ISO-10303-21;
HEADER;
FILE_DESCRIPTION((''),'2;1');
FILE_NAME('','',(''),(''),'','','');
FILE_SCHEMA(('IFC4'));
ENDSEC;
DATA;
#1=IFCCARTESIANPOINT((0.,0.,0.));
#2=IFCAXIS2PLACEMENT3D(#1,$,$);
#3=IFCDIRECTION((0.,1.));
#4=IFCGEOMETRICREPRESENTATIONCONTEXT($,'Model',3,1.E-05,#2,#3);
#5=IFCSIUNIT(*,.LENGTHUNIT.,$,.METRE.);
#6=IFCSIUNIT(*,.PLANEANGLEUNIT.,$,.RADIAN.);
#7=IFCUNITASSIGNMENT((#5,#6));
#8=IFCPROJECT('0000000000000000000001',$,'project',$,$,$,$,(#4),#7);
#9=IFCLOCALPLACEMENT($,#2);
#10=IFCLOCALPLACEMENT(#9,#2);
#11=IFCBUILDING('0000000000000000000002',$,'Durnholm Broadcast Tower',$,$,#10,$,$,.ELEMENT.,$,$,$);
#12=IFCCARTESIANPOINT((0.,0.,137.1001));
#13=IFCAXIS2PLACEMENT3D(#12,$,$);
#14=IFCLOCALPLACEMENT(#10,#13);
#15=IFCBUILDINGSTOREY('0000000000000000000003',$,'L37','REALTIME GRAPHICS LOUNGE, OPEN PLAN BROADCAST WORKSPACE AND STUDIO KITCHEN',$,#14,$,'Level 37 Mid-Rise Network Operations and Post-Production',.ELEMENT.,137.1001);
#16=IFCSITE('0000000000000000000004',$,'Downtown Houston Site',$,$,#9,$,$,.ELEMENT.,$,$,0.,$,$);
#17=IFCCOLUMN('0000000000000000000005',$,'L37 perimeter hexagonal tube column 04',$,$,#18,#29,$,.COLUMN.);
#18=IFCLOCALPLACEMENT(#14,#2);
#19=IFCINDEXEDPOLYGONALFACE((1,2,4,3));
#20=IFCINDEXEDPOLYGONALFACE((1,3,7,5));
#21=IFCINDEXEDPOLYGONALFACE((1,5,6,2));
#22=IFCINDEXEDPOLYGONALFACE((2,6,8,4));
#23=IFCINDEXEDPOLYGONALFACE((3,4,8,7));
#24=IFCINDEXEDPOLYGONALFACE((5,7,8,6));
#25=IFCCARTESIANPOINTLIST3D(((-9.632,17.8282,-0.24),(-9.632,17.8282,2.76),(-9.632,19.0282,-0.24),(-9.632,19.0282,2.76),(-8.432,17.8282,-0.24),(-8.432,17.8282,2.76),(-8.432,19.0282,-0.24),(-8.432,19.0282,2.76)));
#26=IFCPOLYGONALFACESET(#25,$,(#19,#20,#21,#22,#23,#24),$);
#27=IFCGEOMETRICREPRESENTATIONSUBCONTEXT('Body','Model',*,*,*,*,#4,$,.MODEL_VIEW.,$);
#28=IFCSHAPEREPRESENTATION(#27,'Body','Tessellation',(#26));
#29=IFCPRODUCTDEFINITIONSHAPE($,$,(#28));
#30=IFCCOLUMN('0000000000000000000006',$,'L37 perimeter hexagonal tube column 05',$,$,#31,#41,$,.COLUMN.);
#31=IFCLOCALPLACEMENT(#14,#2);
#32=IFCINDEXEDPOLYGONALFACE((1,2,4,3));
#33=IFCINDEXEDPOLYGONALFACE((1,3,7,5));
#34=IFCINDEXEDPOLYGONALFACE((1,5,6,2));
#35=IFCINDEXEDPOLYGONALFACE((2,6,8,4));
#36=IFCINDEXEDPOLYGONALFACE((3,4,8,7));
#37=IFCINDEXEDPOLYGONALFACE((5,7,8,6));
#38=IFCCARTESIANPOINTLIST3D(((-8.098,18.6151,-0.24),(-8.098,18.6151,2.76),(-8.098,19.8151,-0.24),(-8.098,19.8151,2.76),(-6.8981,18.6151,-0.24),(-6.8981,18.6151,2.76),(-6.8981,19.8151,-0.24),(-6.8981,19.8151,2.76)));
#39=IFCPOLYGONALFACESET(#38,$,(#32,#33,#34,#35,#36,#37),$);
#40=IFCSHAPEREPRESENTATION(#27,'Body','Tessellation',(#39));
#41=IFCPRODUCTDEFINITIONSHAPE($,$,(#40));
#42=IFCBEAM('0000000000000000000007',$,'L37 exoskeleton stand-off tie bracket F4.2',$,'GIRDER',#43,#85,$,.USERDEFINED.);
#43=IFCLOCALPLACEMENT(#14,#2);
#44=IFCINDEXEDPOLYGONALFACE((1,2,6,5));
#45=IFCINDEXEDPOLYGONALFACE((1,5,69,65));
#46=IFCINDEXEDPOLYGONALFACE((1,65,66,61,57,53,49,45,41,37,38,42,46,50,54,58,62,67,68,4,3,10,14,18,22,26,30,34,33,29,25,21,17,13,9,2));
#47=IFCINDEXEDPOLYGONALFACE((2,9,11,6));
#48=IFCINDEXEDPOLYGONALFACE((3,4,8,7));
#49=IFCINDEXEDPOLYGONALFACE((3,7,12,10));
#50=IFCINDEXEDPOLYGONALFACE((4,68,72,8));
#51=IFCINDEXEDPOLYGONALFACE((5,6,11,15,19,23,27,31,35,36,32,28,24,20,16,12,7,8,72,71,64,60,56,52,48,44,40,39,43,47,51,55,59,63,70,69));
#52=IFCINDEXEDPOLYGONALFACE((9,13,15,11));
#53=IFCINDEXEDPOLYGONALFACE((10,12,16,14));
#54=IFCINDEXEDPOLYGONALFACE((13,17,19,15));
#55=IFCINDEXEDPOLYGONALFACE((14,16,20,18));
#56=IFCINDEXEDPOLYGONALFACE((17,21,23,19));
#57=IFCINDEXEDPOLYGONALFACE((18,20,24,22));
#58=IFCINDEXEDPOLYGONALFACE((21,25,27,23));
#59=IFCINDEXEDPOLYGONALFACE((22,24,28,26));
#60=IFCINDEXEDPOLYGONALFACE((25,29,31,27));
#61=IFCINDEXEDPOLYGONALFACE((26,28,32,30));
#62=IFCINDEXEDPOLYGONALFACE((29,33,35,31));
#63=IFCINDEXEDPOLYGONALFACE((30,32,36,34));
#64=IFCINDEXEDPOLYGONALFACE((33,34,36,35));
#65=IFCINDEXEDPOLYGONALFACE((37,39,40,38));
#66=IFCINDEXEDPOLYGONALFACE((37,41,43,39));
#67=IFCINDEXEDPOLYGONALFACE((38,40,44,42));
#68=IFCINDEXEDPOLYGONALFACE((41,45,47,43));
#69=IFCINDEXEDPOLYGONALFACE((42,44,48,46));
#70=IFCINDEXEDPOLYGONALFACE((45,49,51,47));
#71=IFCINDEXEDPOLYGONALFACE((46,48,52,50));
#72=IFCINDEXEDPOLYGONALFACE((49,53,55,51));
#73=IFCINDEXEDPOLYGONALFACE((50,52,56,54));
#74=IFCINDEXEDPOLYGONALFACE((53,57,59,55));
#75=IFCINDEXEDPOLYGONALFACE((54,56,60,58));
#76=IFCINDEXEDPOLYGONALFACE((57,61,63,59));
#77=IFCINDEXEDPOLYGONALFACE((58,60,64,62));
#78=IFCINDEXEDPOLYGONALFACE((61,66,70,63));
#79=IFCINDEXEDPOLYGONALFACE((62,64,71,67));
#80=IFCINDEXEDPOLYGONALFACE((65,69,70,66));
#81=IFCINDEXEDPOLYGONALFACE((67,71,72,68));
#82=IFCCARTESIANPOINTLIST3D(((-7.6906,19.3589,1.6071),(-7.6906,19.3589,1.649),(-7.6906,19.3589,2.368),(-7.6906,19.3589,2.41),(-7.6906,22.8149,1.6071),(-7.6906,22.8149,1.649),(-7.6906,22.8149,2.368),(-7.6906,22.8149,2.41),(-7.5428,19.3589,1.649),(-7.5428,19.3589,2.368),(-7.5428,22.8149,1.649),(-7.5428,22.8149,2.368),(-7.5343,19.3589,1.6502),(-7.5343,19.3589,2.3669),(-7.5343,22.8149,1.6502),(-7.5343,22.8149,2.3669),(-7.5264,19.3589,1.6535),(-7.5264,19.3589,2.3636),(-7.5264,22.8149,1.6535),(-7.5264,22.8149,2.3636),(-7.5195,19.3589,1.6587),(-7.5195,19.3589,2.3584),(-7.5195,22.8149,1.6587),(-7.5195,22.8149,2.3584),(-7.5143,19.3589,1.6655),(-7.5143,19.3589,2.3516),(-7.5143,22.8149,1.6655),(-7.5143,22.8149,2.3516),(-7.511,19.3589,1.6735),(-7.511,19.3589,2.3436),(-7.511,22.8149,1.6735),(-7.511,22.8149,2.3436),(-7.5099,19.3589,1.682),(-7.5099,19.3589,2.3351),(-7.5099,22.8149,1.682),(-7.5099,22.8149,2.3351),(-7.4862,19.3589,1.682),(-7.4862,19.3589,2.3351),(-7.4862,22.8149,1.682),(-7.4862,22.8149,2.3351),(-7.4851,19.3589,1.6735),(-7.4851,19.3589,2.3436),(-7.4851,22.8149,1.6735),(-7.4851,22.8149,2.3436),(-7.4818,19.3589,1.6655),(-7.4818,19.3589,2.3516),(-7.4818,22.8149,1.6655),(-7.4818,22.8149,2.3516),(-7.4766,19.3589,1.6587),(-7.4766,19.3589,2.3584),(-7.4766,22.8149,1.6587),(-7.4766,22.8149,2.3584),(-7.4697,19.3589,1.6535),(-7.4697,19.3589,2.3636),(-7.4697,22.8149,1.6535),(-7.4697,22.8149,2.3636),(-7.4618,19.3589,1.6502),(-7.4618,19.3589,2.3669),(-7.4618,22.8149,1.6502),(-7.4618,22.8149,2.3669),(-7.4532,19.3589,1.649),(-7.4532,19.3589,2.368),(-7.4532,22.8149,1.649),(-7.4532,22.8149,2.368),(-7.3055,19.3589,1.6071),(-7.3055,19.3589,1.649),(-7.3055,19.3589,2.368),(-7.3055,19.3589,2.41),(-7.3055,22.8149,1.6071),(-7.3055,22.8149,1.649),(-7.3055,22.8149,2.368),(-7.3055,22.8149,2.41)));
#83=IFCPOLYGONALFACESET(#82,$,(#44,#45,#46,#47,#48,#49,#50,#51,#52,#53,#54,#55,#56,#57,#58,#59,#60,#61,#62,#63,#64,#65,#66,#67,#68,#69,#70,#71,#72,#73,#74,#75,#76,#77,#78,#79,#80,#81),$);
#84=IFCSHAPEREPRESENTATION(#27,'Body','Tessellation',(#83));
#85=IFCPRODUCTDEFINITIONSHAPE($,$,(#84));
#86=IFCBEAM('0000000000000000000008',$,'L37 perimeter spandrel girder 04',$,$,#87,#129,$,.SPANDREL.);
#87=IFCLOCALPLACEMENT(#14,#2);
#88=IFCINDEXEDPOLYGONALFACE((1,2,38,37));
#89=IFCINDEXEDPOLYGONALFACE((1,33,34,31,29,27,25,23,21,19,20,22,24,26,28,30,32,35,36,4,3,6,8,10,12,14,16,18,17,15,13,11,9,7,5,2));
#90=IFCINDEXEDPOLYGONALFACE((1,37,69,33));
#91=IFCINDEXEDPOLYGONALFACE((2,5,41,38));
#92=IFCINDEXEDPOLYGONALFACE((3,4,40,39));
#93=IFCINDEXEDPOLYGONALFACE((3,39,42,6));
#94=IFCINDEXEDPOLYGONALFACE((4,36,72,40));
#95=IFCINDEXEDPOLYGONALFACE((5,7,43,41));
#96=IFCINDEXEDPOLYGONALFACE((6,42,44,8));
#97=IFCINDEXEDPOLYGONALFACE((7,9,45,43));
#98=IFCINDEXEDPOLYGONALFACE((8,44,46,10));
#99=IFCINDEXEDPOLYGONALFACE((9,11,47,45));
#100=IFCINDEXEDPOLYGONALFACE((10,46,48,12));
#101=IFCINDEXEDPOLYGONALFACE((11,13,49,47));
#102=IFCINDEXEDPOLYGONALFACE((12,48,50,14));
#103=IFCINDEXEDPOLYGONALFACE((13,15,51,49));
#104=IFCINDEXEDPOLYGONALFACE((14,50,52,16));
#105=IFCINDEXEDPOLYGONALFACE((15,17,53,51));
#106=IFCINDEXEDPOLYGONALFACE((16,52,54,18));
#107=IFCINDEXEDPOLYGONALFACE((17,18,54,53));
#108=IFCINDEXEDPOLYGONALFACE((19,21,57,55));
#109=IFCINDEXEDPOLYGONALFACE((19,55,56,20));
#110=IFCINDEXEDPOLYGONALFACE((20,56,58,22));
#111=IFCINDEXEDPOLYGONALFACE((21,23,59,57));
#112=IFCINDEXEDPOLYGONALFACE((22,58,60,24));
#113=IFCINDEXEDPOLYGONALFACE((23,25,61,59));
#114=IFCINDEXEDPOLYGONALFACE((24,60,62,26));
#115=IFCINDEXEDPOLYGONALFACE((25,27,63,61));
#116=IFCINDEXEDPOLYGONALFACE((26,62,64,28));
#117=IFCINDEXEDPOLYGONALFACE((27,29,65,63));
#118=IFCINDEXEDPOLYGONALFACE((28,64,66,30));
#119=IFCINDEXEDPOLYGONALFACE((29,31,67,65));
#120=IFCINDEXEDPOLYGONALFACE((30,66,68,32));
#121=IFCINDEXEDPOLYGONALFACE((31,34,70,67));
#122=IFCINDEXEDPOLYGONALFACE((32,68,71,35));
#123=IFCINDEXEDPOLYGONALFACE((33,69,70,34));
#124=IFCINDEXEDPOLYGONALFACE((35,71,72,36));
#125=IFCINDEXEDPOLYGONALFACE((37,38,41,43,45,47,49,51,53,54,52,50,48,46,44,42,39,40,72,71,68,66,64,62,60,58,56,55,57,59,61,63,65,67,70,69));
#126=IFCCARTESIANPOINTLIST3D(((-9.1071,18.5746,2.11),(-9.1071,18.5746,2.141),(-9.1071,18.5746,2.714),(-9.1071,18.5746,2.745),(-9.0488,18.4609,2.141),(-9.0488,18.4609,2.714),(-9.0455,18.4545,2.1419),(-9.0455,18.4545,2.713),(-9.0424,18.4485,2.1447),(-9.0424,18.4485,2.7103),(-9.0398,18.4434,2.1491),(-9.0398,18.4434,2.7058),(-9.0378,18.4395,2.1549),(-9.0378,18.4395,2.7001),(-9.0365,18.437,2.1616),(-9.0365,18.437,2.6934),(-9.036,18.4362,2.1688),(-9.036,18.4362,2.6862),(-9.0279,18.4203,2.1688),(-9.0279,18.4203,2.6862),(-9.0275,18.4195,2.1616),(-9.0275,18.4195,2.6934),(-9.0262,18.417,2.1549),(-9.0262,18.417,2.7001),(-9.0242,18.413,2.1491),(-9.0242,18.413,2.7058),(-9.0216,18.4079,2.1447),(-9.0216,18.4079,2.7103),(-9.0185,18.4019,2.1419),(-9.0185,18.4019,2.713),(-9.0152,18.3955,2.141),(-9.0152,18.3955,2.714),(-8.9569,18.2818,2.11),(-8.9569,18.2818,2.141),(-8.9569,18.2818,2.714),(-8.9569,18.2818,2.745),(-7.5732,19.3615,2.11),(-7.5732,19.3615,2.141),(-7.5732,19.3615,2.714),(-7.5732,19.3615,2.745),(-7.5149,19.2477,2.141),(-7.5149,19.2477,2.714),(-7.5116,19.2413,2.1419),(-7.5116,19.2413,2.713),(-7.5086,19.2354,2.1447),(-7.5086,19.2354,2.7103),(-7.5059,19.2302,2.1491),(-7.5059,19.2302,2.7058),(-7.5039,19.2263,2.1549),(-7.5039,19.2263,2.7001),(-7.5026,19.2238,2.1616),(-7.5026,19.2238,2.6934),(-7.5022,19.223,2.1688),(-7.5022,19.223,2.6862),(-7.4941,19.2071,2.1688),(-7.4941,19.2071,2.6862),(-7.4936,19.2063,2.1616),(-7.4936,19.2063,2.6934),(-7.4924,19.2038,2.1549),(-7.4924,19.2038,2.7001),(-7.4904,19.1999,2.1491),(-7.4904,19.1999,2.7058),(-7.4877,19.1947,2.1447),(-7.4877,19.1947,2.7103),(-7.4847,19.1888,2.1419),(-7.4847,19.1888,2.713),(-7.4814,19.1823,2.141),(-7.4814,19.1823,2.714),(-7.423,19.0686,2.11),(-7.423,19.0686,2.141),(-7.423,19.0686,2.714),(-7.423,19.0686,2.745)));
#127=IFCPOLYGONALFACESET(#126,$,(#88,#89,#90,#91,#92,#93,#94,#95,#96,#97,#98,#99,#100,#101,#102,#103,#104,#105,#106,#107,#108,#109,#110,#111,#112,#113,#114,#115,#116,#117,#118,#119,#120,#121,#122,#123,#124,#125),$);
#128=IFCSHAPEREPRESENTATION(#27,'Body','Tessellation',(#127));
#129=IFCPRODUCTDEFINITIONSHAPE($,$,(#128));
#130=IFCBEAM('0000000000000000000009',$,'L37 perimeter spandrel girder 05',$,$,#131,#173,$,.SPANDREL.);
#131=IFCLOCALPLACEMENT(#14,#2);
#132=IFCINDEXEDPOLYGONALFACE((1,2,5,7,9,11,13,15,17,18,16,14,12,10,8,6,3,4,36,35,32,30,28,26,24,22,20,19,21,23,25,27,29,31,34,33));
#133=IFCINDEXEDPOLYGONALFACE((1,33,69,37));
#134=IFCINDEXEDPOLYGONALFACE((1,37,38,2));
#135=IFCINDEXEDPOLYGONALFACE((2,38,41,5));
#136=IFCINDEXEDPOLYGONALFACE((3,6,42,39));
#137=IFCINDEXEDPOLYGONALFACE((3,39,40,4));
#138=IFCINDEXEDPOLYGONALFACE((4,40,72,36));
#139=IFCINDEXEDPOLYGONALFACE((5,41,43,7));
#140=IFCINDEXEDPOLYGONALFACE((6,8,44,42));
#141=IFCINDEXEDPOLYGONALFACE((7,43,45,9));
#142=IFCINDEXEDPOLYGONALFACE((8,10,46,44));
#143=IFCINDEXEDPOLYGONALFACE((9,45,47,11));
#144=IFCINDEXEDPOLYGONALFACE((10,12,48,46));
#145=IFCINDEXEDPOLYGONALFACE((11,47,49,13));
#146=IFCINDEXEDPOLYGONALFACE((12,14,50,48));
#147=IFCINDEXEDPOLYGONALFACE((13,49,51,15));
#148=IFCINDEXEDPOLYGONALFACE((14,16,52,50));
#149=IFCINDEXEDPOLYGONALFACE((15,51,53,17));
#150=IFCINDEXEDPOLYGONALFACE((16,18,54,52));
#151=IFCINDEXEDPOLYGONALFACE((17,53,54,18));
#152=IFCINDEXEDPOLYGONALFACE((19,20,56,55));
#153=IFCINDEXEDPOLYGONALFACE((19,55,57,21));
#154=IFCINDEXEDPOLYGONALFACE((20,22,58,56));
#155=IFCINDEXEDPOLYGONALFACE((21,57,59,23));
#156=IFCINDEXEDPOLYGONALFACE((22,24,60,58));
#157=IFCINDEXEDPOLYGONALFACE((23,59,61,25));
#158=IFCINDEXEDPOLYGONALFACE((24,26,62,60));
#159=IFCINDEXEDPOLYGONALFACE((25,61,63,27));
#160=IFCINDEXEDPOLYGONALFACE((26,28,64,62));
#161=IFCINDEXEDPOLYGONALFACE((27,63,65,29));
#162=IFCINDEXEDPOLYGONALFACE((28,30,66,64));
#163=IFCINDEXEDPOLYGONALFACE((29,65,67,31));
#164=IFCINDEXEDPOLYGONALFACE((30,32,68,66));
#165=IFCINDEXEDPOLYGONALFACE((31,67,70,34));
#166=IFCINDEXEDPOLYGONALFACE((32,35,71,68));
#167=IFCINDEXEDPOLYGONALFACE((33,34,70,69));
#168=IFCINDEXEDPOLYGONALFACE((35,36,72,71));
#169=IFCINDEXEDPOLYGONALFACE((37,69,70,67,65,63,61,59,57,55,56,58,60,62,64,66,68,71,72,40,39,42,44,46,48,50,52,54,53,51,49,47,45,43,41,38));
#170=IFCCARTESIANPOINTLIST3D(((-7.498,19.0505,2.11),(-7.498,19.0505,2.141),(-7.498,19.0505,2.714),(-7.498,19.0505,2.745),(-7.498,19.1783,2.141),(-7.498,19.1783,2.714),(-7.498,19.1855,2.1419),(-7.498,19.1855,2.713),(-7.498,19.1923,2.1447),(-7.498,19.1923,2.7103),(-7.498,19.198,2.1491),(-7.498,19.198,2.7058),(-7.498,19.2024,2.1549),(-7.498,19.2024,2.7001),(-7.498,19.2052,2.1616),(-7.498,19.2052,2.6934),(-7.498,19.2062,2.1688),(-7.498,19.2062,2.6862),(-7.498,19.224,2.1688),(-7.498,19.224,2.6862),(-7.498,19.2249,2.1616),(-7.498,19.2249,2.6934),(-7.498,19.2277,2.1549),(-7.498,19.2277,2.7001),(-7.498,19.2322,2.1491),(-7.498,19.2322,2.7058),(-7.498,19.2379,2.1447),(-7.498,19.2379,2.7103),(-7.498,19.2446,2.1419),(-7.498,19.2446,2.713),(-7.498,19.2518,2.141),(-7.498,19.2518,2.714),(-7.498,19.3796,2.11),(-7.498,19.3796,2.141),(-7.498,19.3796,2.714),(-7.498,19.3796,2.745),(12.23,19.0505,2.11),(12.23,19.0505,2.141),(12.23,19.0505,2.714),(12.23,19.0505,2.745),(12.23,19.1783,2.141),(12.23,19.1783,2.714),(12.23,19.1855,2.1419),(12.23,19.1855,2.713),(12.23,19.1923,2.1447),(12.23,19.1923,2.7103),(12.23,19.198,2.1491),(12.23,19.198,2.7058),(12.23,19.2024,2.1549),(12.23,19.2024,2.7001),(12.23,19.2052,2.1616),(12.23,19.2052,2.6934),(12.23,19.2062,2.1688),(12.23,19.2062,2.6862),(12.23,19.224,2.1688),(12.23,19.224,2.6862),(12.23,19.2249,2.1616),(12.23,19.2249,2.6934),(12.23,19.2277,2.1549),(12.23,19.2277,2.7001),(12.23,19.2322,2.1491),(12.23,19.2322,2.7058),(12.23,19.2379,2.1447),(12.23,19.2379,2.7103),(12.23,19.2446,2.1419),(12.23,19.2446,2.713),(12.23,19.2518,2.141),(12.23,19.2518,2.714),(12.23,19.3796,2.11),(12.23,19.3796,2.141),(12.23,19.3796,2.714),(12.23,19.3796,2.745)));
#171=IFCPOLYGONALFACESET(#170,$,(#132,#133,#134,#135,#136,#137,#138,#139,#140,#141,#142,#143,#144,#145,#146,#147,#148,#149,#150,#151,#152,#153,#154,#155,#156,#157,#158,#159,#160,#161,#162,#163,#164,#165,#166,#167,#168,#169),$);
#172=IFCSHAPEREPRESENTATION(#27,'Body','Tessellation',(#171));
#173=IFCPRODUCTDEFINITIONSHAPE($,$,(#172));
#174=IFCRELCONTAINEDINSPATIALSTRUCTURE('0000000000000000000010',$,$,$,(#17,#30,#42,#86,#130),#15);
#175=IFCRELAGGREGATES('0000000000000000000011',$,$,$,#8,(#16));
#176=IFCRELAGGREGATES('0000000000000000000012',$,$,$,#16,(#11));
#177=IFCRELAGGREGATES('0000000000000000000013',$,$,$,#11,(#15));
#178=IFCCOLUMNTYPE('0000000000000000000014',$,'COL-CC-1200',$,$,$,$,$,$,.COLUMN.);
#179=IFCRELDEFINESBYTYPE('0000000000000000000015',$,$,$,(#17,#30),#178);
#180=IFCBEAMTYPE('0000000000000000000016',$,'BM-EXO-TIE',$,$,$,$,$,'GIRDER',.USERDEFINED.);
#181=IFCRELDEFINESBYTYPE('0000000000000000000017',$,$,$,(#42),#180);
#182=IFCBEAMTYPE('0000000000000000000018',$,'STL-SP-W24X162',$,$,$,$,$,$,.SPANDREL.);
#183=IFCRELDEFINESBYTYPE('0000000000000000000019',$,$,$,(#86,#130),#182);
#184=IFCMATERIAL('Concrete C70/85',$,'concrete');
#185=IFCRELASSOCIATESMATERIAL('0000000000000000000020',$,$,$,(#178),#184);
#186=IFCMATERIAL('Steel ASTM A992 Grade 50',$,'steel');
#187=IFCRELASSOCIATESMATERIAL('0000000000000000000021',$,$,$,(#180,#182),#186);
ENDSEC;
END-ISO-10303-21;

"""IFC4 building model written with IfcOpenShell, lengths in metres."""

from ifc_helpers import new_model, si_unit, direction, frame, origin, origin_2d, place, context, subcontext, project, spatial, rectangle, i_section, extrude, source, transform, mapped, material, material_profile, profile_set, type_object, type_shapes, element, save


model = new_model("IFC4")

# Units and contexts
model_context = context("Model", 3, precision=1e-05, world=origin(), true_north=direction((0.0, 1.0)))
body_context = subcontext(model_context, "Body", "Model", "MODEL_VIEW")
ifc_project = project(units=[si_unit("LENGTHUNIT", "METRE"), si_unit("PLANEANGLEUNIT", "RADIAN")], contexts=[model_context])

# Site, building, storey
site_placement = place(None, origin())
site = spatial("IfcSite", under=ifc_project, at=site_placement, Name="Downtown Houston Site", CompositionType="ELEMENT", RefElevation=0.0)
building_placement = place(site_placement, origin())
building = spatial("IfcBuilding", under=site, at=building_placement, Name="Durnholm Broadcast Tower", CompositionType="ELEMENT")
storey_placement = place(building_placement, frame((0.0, 0.0, 137.1001)))
storey = spatial("IfcBuildingStorey", under=building, at=storey_placement, Name="L37", Description="REALTIME GRAPHICS LOUNGE, OPEN PLAN BROADCAST WORKSPACE AND STUDIO KITCHEN", LongName="Level 37 Mid-Rise Network Operations and Post-Production", CompositionType="ELEMENT", Elevation=137.1001)

# Columns
ifc_material_1 = material(Name="Concrete C70/85", Category="concrete")
ifc_material_profile_1 = material_profile(ifc_material_1, rectangle(XDim=1.2, YDim=1.2, at=origin_2d()), Name="RC1200X1200")
ifc_profile_set_1 = profile_set([ifc_material_profile_1], Name="Concrete C70/85")
column_type = type_object("IfcColumnType", Name="COL-CC-1200", PredefinedType="COLUMN", material=ifc_profile_set_1)
shared_shape_1 = source(origin(), body_context, "Body", "SweptSolid", [
    extrude(rectangle(XDim=1.2, YDim=1.2, at=origin_2d()), origin(), (0.0, 0.0, 1.0), 3.0),
])
type_shapes(column_type, [shared_shape_1])
for number, where, z_axis, x_axis, name in (
    (1, (-9.032, 18.4282, -0.24), (0.0, 0.0, 1.0), (1.0, 0.0, 0.0), "L37 perimeter hexagonal tube column 04"),
    (2, (-7.498, 19.2151, -0.24), (0.0, 0.0, 1.0), (1.0, 0.0, 0.0), "L37 perimeter hexagonal tube column 05"),
):
    element("IfcColumn", number, at=place(storey_placement, frame(where, z_axis=z_axis, x_axis=x_axis)), inside=storey, type_object=column_type, Name=name, PredefinedType="COLUMN", context=body_context, shape_type="MappedRepresentation", body=[
        mapped(shared_shape_1, transform((0.0, 0.0, 0.0), x_axis=(1.0, 0.0, 0.0), y_axis=(0.0, 1.0, 0.0), z_axis=(0.0, 0.0, 1.0), scale=1.0)),
    ])

# Beams
ifc_material_2 = material(Name="Steel ASTM A992 Grade 50", Category="steel")
ifc_material_profile_2 = material_profile(ifc_material_2, i_section(OverallWidth=0.385, OverallDepth=0.803, WebThickness=0.0237, FlangeThickness=0.042, FilletRadius=0.033, at=origin_2d()), Name="W30X261")
ifc_profile_set_2 = profile_set([ifc_material_profile_2], Name="Steel ASTM A992 Grade 50")
beam_type_1 = type_object("IfcBeamType", Name="BM-EXO-TIE", ElementType="GIRDER", PredefinedType="USERDEFINED", material=ifc_profile_set_2)
shared_shape_2 = source(origin(), body_context, "Body", "SweptSolid", [
    extrude(i_section(OverallWidth=0.385, OverallDepth=0.803, WebThickness=0.0237, FlangeThickness=0.042, FilletRadius=0.033, at=origin_2d()), origin(), (0.0, 0.0, 1.0), 3.4561),
])
beam_1_placement = place(storey_placement, frame((-7.498, 19.3589, 2.0085), z_axis=(0.0, 1.0, 0.0), x_axis=(-1.0, 0.0, 0.0)))
element("IfcBeam", 3, at=beam_1_placement, inside=storey, type_object=beam_type_1, Name="L37 exoskeleton stand-off tie bracket F4.2", ObjectType="GIRDER", PredefinedType="USERDEFINED", context=body_context, shape_type="MappedRepresentation", body=[
    mapped(shared_shape_2, transform((0.0, 0.0, 0.0), x_axis=(1.0, 0.0, 0.0), y_axis=(0.0, 1.0, 0.0), z_axis=(0.0, 0.0, 1.0), scale=1.0)),
])
ifc_material_profile_3 = material_profile(ifc_material_2, i_section(OverallWidth=0.3291, OverallDepth=0.635, WebThickness=0.0178, FlangeThickness=0.031, FilletRadius=0.0278, at=origin_2d()), Name="W24X162")
ifc_profile_set_3 = profile_set([ifc_material_profile_3], Name="Steel ASTM A992 Grade 50")
beam_type_2 = type_object("IfcBeamType", Name="STL-SP-W24X162", PredefinedType="SPANDREL", material=ifc_profile_set_3)
shared_shape_3 = source(origin(), body_context, "Body", "SweptSolid", [
    extrude(i_section(OverallWidth=0.3291, OverallDepth=0.635, WebThickness=0.0178, FlangeThickness=0.031, FilletRadius=0.0278, at=origin_2d()), origin(), (0.0, 0.0, 1.0), 1.7239),
])
beam_2_placement = place(storey_placement, frame((-9.032, 18.4282, 2.4275), z_axis=(0.889763, 0.456423, 0.0), x_axis=(-0.456423, 0.889763, 0.0)))
element("IfcBeam", 4, at=beam_2_placement, inside=storey, type_object=beam_type_2, Name="L37 perimeter spandrel girder 04", PredefinedType="SPANDREL", context=body_context, shape_type="MappedRepresentation", body=[
    mapped(shared_shape_3, transform((0.0, 0.0, 0.0), x_axis=(1.0, 0.0, 0.0), y_axis=(0.0, 1.0, 0.0), z_axis=(0.0, 0.0, 1.0), scale=1.0)),
])
shared_shape_4 = source(origin(), body_context, "Body", "SweptSolid", [
    extrude(i_section(OverallWidth=0.3291, OverallDepth=0.635, WebThickness=0.0178, FlangeThickness=0.031, FilletRadius=0.0278, at=origin_2d()), origin(), (0.0, 0.0, 1.0), 19.728),
])
type_shapes(beam_type_2, [shared_shape_3, shared_shape_4])
beam_3_placement = place(storey_placement, frame((-7.498, 19.2151, 2.4275), z_axis=(1.0, 0.0, 0.0), x_axis=(0.0, 1.0, 0.0)))
element("IfcBeam", 5, at=beam_3_placement, inside=storey, type_object=beam_type_2, Name="L37 perimeter spandrel girder 05", PredefinedType="SPANDREL", context=body_context, shape_type="MappedRepresentation", body=[
    mapped(shared_shape_4, transform((0.0, 0.0, 0.0), x_axis=(1.0, 0.0, 0.0), y_axis=(0.0, 1.0, 0.0), z_axis=(0.0, 0.0, 1.0), scale=1.0)),
])

save(model, "model.ifc")
